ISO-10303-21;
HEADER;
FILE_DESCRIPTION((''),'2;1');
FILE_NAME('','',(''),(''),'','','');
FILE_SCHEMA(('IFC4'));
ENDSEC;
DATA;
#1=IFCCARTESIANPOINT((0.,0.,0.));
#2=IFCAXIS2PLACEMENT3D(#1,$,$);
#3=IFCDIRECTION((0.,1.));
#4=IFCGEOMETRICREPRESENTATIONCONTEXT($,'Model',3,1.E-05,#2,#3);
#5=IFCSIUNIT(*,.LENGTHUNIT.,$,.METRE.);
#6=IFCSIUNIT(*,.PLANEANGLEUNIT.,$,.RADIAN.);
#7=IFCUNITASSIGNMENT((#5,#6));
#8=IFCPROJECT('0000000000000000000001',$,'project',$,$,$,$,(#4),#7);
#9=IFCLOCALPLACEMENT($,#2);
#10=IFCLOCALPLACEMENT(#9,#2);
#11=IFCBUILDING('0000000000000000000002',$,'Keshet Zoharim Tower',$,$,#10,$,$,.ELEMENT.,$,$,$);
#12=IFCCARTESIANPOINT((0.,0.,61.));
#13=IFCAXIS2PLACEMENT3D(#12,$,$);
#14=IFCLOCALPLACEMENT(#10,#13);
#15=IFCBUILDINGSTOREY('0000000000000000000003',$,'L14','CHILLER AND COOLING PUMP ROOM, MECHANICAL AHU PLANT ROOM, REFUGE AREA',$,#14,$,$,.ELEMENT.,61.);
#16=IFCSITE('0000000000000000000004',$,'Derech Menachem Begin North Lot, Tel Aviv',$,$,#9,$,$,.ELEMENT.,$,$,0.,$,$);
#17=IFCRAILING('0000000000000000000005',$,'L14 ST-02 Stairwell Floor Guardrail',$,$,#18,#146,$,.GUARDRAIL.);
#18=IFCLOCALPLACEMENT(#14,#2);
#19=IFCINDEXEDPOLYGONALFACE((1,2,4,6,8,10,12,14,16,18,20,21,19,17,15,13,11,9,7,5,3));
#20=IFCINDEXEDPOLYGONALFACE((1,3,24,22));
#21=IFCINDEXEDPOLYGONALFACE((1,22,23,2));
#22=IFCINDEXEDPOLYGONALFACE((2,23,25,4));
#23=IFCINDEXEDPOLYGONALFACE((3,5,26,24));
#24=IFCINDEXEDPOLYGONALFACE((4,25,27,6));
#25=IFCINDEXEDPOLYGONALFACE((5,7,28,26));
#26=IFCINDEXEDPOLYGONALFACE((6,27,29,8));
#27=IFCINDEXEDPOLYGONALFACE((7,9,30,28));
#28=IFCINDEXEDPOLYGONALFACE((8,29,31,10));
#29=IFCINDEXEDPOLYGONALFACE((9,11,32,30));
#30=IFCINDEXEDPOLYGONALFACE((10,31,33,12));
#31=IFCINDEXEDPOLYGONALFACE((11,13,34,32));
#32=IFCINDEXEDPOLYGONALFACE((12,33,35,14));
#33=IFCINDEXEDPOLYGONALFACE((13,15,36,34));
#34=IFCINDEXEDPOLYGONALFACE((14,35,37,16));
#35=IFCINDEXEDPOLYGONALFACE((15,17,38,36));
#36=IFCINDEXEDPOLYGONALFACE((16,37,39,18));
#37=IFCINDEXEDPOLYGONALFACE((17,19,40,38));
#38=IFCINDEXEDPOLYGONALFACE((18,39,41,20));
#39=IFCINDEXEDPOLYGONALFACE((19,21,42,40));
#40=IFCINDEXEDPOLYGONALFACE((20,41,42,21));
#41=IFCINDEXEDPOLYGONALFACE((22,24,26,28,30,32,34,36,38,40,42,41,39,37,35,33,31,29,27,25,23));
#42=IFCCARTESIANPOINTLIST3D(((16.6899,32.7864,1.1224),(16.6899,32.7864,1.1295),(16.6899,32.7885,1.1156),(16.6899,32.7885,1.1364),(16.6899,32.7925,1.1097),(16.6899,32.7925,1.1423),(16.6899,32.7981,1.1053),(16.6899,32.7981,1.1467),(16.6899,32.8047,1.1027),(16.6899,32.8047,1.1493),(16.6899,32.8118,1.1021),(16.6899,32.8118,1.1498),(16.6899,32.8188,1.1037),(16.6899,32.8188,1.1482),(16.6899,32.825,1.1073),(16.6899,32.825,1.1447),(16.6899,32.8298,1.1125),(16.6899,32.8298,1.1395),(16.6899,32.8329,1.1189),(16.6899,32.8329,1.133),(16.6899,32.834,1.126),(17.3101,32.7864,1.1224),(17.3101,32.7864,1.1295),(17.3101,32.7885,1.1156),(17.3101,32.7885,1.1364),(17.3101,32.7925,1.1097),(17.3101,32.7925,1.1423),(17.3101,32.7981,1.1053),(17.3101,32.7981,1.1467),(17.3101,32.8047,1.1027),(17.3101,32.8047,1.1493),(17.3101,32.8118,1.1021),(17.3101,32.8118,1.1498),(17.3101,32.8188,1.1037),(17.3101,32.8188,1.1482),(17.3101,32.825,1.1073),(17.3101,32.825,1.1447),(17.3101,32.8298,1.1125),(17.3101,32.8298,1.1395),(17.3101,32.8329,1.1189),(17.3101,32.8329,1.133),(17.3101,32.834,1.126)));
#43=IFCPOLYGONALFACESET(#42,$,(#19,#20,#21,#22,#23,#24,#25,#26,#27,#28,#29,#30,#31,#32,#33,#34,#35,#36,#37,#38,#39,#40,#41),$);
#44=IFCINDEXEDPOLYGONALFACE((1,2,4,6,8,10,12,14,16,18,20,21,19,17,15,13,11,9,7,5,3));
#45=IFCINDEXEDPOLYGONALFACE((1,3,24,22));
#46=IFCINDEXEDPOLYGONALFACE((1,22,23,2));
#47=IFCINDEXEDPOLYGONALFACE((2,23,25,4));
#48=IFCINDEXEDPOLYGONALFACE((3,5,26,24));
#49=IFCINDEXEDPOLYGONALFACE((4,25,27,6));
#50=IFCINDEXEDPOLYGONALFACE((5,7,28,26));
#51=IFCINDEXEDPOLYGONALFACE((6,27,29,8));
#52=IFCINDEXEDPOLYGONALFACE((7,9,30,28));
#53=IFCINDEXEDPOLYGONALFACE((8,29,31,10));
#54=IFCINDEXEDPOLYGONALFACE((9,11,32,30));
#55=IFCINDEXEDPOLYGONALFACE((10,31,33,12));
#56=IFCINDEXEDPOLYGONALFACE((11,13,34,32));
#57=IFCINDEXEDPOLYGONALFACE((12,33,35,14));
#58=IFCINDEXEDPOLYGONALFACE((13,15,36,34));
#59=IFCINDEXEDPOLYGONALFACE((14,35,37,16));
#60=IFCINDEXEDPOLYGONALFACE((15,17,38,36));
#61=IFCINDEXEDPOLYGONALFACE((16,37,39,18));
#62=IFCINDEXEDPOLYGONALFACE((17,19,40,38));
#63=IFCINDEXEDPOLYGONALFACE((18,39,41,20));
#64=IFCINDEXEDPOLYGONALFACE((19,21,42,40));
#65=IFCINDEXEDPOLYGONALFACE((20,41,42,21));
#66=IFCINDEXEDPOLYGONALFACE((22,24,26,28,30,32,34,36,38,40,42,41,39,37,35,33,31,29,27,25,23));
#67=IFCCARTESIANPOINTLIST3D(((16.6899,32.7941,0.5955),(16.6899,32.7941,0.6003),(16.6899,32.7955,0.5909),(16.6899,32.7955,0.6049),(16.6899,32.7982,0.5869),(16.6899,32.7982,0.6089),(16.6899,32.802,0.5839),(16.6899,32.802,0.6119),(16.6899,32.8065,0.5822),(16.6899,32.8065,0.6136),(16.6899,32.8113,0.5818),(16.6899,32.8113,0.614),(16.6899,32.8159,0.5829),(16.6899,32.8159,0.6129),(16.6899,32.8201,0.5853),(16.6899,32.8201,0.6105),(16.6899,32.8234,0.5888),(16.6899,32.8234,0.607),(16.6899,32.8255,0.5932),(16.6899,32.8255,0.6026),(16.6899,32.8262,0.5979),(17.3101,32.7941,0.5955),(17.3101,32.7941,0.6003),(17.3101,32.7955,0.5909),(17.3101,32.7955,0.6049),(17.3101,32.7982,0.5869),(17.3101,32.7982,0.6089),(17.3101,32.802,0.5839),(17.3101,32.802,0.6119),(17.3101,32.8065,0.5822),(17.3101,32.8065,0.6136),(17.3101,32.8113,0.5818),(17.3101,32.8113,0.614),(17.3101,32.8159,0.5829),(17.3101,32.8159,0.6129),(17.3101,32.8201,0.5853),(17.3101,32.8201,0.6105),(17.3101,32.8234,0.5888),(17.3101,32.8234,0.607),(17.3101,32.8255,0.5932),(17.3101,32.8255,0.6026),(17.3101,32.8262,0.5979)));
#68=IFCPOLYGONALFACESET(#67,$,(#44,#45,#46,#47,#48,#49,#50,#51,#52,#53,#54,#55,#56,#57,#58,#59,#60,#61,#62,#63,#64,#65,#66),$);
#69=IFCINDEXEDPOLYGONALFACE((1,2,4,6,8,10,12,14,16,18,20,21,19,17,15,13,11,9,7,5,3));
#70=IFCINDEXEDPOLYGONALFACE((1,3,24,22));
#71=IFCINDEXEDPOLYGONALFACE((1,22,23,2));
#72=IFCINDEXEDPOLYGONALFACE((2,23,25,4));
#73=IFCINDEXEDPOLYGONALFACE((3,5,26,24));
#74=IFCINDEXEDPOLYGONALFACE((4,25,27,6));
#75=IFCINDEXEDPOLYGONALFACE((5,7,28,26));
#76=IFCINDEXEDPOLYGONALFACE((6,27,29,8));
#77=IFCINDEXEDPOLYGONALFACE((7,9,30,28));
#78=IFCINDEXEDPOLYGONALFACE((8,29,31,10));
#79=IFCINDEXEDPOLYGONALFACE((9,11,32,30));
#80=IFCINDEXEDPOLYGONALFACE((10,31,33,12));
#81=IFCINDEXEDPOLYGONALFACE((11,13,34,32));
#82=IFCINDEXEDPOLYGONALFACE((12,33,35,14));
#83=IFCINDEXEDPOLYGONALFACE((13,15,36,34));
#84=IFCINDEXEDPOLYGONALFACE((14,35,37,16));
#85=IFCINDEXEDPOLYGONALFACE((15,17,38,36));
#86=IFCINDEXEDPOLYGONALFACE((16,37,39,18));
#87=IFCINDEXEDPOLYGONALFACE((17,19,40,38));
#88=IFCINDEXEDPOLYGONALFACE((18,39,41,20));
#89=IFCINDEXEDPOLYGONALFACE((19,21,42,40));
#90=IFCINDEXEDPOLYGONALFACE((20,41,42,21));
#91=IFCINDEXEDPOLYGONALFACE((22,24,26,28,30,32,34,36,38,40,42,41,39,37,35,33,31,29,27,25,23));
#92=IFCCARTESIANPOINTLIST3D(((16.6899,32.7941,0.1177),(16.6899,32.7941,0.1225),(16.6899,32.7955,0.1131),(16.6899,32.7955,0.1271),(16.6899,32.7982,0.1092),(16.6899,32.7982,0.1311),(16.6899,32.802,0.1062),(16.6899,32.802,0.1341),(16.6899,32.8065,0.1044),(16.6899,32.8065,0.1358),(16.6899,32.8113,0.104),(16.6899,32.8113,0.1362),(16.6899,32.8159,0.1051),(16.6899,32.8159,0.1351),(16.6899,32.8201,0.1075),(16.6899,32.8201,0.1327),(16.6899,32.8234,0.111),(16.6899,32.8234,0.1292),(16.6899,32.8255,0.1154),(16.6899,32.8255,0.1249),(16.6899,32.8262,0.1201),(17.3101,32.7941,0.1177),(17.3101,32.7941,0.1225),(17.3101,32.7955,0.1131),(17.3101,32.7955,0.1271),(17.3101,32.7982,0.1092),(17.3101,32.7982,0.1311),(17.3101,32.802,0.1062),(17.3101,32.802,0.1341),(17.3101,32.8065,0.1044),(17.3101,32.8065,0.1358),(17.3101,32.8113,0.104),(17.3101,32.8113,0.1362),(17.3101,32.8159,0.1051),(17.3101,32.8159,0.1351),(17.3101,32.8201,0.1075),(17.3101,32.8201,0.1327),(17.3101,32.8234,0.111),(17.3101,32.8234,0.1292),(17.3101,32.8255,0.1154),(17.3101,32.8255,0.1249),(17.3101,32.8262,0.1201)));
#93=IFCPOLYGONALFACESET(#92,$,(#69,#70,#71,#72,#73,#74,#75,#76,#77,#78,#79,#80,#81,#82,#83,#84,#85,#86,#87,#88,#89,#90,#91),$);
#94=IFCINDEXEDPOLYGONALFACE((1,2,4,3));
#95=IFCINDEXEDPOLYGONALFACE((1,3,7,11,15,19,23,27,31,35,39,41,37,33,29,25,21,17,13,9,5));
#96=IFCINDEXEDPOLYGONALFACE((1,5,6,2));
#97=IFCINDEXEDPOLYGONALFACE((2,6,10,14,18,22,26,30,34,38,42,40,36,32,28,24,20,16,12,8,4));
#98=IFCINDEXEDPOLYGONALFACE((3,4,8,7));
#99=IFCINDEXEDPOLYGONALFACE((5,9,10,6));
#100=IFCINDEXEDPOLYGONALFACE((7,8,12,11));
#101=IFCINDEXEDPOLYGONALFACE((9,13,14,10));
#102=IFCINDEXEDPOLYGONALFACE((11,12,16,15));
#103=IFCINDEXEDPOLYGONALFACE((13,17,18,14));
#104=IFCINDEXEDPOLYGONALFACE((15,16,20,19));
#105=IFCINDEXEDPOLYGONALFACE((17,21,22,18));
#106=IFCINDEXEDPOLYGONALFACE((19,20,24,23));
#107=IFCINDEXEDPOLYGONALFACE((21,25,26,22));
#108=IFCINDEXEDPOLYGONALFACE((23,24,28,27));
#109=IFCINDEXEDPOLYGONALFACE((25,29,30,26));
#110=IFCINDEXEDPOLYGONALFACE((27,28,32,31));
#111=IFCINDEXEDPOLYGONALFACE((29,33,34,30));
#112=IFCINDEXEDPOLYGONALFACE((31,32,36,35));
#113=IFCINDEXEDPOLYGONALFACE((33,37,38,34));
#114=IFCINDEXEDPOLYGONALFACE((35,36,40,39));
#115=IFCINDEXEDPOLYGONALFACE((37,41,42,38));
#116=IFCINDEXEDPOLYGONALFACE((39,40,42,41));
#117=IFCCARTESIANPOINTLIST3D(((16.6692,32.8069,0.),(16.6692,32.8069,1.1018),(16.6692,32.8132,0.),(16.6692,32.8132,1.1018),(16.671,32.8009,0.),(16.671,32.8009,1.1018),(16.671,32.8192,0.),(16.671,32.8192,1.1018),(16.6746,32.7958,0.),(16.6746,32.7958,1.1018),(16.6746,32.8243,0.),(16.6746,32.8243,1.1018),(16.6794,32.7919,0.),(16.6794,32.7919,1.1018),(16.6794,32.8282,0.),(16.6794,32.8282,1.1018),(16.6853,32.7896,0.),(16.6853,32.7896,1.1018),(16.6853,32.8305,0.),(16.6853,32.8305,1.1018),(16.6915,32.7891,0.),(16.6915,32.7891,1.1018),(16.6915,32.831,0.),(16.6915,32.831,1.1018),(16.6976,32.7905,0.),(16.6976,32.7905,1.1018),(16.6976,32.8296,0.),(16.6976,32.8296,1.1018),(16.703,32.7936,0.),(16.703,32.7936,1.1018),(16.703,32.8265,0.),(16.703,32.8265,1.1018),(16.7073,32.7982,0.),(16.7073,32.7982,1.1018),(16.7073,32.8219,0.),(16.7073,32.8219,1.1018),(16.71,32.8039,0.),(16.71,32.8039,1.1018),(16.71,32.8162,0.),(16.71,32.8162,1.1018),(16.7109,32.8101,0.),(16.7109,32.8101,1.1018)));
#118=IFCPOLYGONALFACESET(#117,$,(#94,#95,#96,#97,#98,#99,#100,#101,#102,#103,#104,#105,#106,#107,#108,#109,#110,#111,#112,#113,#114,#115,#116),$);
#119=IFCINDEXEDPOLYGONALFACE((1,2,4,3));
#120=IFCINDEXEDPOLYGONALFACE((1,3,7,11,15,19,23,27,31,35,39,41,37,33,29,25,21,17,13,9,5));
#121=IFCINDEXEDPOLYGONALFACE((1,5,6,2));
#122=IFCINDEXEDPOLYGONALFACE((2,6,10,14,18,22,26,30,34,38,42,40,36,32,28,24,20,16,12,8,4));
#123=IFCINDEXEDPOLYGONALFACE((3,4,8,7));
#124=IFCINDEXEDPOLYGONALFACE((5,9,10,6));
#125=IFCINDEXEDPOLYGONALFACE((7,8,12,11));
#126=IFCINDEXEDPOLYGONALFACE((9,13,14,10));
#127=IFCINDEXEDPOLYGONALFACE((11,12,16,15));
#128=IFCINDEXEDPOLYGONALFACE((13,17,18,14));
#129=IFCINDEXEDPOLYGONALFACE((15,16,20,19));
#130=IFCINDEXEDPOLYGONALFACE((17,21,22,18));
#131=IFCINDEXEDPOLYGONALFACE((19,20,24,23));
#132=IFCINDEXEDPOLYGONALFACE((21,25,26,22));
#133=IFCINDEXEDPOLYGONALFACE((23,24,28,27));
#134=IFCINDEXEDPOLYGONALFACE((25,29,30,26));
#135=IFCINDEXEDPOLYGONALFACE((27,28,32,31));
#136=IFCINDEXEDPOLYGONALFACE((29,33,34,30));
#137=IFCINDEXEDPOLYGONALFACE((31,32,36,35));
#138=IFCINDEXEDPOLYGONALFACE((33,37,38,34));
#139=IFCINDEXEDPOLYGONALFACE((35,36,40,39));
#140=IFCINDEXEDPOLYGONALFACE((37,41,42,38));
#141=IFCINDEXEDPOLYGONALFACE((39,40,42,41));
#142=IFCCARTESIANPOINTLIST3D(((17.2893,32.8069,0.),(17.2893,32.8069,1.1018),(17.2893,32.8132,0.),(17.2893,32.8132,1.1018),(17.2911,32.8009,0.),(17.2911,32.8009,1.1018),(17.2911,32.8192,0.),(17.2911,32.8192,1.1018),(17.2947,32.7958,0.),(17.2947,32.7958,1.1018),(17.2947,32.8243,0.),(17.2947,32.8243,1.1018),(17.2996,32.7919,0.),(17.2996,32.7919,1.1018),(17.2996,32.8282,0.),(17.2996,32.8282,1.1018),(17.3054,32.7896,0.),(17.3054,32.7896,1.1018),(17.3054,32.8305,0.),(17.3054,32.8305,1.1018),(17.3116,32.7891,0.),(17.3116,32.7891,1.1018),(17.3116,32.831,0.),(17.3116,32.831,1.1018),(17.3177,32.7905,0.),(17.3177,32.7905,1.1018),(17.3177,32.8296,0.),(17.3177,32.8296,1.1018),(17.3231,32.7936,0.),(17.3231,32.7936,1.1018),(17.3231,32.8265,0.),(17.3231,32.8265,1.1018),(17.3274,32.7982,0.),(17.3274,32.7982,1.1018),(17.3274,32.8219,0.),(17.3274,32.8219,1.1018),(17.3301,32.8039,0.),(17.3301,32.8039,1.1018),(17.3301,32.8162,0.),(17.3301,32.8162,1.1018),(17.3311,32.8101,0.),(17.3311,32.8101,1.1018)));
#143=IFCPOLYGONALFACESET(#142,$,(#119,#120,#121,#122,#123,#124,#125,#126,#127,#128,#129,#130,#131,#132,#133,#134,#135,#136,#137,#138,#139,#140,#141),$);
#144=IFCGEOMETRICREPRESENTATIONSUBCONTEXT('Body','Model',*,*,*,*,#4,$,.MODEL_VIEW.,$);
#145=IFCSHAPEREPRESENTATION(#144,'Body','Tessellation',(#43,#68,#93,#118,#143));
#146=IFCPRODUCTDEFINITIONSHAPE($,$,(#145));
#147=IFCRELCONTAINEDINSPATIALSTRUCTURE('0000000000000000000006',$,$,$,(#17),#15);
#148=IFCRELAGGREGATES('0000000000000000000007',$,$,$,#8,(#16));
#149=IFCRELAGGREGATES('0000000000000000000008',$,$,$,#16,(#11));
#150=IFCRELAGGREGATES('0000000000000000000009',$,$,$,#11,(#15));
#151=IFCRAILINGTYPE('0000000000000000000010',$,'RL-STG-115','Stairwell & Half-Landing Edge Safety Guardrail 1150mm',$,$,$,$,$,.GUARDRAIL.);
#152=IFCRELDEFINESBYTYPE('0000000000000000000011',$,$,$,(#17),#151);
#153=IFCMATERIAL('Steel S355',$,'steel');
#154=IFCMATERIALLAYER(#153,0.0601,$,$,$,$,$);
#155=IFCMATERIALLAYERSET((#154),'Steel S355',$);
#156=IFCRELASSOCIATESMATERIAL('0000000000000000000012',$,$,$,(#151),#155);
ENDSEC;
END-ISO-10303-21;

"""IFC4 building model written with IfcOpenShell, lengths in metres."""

from ifc_helpers import new_model, si_unit, direction, frame, origin, origin_2d, place, context, subcontext, project, spatial, circle, extrude, material, layer, layer_set, type_object, element, save


model = new_model("IFC4")

# Units and contexts
model_context = context("Model", 3, precision=1e-05, world=origin(), true_north=direction((0.0, 1.0)))
body_context = subcontext(model_context, "Body", "Model", "MODEL_VIEW")
ifc_project = project(units=[si_unit("LENGTHUNIT", "METRE"), si_unit("PLANEANGLEUNIT", "RADIAN")], contexts=[model_context])

# Site, building, storey
site_placement = place(None, origin())
site = spatial("IfcSite", under=ifc_project, at=site_placement, Name="Derech Menachem Begin North Lot, Tel Aviv", CompositionType="ELEMENT", RefElevation=0.0)
building_placement = place(site_placement, origin())
building = spatial("IfcBuilding", under=site, at=building_placement, Name="Keshet Zoharim Tower", CompositionType="ELEMENT")
storey_placement = place(building_placement, frame((0.0, 0.0, 61.0)))
storey = spatial("IfcBuildingStorey", under=building, at=storey_placement, Name="L14", Description="CHILLER AND COOLING PUMP ROOM, MECHANICAL AHU PLANT ROOM, REFUGE AREA", CompositionType="ELEMENT", Elevation=61.0)

# Railing
ifc_material_1 = material(Name="Steel S355", Category="steel")
ifc_layer_1 = layer(ifc_material_1, 0.0601)
ifc_layer_set_1 = layer_set([ifc_layer_1], Name="Steel S355")
railing_type_1 = type_object("IfcRailingType", Name="RL-STG-115", Description="Stairwell & Half-Landing Edge Safety Guardrail 1150mm", PredefinedType="GUARDRAIL", material=ifc_layer_set_1)
railing_1_placement = place(storey_placement, frame((16.6899, 32.8101, 0.0)))
element("IfcRailing", 1, at=railing_1_placement, inside=storey, type_object=railing_type_1, Name="L14 ST-02 Stairwell Floor Guardrail", PredefinedType="GUARDRAIL", context=body_context, shape_type="SweptSolid", body=[
    extrude(circle(Radius=0.0239, at=origin_2d()), frame((0.0, 0.0, 1.126), z_axis=(1.0, 0.0, 0.0), x_axis=(0.0, 1.0, 0.0)), (0.0, 0.0, 1.0), 0.6201),
    extrude(circle(Radius=0.0161, at=origin_2d()), frame((0.0, 0.0, 0.5979), z_axis=(1.0, 0.0, 0.0), x_axis=(0.0, 1.0, 0.0)), (0.0, 0.0, 1.0), 0.6201),
    extrude(circle(Radius=0.0161, at=origin_2d()), frame((0.0, 0.0, 0.1201), z_axis=(1.0, 0.0, 0.0), x_axis=(0.0, 1.0, 0.0)), (0.0, 0.0, 1.0), 0.6201),
    extrude(circle(Radius=0.021, at=origin_2d()), origin(), (0.0, 0.0, 1.0), 1.1018),
    extrude(circle(Radius=0.021, at=origin_2d()), frame((0.6201, 0.0, 0.0)), (0.0, 0.0, 1.0), 1.1018),
])

save(model, "model.ifc")
